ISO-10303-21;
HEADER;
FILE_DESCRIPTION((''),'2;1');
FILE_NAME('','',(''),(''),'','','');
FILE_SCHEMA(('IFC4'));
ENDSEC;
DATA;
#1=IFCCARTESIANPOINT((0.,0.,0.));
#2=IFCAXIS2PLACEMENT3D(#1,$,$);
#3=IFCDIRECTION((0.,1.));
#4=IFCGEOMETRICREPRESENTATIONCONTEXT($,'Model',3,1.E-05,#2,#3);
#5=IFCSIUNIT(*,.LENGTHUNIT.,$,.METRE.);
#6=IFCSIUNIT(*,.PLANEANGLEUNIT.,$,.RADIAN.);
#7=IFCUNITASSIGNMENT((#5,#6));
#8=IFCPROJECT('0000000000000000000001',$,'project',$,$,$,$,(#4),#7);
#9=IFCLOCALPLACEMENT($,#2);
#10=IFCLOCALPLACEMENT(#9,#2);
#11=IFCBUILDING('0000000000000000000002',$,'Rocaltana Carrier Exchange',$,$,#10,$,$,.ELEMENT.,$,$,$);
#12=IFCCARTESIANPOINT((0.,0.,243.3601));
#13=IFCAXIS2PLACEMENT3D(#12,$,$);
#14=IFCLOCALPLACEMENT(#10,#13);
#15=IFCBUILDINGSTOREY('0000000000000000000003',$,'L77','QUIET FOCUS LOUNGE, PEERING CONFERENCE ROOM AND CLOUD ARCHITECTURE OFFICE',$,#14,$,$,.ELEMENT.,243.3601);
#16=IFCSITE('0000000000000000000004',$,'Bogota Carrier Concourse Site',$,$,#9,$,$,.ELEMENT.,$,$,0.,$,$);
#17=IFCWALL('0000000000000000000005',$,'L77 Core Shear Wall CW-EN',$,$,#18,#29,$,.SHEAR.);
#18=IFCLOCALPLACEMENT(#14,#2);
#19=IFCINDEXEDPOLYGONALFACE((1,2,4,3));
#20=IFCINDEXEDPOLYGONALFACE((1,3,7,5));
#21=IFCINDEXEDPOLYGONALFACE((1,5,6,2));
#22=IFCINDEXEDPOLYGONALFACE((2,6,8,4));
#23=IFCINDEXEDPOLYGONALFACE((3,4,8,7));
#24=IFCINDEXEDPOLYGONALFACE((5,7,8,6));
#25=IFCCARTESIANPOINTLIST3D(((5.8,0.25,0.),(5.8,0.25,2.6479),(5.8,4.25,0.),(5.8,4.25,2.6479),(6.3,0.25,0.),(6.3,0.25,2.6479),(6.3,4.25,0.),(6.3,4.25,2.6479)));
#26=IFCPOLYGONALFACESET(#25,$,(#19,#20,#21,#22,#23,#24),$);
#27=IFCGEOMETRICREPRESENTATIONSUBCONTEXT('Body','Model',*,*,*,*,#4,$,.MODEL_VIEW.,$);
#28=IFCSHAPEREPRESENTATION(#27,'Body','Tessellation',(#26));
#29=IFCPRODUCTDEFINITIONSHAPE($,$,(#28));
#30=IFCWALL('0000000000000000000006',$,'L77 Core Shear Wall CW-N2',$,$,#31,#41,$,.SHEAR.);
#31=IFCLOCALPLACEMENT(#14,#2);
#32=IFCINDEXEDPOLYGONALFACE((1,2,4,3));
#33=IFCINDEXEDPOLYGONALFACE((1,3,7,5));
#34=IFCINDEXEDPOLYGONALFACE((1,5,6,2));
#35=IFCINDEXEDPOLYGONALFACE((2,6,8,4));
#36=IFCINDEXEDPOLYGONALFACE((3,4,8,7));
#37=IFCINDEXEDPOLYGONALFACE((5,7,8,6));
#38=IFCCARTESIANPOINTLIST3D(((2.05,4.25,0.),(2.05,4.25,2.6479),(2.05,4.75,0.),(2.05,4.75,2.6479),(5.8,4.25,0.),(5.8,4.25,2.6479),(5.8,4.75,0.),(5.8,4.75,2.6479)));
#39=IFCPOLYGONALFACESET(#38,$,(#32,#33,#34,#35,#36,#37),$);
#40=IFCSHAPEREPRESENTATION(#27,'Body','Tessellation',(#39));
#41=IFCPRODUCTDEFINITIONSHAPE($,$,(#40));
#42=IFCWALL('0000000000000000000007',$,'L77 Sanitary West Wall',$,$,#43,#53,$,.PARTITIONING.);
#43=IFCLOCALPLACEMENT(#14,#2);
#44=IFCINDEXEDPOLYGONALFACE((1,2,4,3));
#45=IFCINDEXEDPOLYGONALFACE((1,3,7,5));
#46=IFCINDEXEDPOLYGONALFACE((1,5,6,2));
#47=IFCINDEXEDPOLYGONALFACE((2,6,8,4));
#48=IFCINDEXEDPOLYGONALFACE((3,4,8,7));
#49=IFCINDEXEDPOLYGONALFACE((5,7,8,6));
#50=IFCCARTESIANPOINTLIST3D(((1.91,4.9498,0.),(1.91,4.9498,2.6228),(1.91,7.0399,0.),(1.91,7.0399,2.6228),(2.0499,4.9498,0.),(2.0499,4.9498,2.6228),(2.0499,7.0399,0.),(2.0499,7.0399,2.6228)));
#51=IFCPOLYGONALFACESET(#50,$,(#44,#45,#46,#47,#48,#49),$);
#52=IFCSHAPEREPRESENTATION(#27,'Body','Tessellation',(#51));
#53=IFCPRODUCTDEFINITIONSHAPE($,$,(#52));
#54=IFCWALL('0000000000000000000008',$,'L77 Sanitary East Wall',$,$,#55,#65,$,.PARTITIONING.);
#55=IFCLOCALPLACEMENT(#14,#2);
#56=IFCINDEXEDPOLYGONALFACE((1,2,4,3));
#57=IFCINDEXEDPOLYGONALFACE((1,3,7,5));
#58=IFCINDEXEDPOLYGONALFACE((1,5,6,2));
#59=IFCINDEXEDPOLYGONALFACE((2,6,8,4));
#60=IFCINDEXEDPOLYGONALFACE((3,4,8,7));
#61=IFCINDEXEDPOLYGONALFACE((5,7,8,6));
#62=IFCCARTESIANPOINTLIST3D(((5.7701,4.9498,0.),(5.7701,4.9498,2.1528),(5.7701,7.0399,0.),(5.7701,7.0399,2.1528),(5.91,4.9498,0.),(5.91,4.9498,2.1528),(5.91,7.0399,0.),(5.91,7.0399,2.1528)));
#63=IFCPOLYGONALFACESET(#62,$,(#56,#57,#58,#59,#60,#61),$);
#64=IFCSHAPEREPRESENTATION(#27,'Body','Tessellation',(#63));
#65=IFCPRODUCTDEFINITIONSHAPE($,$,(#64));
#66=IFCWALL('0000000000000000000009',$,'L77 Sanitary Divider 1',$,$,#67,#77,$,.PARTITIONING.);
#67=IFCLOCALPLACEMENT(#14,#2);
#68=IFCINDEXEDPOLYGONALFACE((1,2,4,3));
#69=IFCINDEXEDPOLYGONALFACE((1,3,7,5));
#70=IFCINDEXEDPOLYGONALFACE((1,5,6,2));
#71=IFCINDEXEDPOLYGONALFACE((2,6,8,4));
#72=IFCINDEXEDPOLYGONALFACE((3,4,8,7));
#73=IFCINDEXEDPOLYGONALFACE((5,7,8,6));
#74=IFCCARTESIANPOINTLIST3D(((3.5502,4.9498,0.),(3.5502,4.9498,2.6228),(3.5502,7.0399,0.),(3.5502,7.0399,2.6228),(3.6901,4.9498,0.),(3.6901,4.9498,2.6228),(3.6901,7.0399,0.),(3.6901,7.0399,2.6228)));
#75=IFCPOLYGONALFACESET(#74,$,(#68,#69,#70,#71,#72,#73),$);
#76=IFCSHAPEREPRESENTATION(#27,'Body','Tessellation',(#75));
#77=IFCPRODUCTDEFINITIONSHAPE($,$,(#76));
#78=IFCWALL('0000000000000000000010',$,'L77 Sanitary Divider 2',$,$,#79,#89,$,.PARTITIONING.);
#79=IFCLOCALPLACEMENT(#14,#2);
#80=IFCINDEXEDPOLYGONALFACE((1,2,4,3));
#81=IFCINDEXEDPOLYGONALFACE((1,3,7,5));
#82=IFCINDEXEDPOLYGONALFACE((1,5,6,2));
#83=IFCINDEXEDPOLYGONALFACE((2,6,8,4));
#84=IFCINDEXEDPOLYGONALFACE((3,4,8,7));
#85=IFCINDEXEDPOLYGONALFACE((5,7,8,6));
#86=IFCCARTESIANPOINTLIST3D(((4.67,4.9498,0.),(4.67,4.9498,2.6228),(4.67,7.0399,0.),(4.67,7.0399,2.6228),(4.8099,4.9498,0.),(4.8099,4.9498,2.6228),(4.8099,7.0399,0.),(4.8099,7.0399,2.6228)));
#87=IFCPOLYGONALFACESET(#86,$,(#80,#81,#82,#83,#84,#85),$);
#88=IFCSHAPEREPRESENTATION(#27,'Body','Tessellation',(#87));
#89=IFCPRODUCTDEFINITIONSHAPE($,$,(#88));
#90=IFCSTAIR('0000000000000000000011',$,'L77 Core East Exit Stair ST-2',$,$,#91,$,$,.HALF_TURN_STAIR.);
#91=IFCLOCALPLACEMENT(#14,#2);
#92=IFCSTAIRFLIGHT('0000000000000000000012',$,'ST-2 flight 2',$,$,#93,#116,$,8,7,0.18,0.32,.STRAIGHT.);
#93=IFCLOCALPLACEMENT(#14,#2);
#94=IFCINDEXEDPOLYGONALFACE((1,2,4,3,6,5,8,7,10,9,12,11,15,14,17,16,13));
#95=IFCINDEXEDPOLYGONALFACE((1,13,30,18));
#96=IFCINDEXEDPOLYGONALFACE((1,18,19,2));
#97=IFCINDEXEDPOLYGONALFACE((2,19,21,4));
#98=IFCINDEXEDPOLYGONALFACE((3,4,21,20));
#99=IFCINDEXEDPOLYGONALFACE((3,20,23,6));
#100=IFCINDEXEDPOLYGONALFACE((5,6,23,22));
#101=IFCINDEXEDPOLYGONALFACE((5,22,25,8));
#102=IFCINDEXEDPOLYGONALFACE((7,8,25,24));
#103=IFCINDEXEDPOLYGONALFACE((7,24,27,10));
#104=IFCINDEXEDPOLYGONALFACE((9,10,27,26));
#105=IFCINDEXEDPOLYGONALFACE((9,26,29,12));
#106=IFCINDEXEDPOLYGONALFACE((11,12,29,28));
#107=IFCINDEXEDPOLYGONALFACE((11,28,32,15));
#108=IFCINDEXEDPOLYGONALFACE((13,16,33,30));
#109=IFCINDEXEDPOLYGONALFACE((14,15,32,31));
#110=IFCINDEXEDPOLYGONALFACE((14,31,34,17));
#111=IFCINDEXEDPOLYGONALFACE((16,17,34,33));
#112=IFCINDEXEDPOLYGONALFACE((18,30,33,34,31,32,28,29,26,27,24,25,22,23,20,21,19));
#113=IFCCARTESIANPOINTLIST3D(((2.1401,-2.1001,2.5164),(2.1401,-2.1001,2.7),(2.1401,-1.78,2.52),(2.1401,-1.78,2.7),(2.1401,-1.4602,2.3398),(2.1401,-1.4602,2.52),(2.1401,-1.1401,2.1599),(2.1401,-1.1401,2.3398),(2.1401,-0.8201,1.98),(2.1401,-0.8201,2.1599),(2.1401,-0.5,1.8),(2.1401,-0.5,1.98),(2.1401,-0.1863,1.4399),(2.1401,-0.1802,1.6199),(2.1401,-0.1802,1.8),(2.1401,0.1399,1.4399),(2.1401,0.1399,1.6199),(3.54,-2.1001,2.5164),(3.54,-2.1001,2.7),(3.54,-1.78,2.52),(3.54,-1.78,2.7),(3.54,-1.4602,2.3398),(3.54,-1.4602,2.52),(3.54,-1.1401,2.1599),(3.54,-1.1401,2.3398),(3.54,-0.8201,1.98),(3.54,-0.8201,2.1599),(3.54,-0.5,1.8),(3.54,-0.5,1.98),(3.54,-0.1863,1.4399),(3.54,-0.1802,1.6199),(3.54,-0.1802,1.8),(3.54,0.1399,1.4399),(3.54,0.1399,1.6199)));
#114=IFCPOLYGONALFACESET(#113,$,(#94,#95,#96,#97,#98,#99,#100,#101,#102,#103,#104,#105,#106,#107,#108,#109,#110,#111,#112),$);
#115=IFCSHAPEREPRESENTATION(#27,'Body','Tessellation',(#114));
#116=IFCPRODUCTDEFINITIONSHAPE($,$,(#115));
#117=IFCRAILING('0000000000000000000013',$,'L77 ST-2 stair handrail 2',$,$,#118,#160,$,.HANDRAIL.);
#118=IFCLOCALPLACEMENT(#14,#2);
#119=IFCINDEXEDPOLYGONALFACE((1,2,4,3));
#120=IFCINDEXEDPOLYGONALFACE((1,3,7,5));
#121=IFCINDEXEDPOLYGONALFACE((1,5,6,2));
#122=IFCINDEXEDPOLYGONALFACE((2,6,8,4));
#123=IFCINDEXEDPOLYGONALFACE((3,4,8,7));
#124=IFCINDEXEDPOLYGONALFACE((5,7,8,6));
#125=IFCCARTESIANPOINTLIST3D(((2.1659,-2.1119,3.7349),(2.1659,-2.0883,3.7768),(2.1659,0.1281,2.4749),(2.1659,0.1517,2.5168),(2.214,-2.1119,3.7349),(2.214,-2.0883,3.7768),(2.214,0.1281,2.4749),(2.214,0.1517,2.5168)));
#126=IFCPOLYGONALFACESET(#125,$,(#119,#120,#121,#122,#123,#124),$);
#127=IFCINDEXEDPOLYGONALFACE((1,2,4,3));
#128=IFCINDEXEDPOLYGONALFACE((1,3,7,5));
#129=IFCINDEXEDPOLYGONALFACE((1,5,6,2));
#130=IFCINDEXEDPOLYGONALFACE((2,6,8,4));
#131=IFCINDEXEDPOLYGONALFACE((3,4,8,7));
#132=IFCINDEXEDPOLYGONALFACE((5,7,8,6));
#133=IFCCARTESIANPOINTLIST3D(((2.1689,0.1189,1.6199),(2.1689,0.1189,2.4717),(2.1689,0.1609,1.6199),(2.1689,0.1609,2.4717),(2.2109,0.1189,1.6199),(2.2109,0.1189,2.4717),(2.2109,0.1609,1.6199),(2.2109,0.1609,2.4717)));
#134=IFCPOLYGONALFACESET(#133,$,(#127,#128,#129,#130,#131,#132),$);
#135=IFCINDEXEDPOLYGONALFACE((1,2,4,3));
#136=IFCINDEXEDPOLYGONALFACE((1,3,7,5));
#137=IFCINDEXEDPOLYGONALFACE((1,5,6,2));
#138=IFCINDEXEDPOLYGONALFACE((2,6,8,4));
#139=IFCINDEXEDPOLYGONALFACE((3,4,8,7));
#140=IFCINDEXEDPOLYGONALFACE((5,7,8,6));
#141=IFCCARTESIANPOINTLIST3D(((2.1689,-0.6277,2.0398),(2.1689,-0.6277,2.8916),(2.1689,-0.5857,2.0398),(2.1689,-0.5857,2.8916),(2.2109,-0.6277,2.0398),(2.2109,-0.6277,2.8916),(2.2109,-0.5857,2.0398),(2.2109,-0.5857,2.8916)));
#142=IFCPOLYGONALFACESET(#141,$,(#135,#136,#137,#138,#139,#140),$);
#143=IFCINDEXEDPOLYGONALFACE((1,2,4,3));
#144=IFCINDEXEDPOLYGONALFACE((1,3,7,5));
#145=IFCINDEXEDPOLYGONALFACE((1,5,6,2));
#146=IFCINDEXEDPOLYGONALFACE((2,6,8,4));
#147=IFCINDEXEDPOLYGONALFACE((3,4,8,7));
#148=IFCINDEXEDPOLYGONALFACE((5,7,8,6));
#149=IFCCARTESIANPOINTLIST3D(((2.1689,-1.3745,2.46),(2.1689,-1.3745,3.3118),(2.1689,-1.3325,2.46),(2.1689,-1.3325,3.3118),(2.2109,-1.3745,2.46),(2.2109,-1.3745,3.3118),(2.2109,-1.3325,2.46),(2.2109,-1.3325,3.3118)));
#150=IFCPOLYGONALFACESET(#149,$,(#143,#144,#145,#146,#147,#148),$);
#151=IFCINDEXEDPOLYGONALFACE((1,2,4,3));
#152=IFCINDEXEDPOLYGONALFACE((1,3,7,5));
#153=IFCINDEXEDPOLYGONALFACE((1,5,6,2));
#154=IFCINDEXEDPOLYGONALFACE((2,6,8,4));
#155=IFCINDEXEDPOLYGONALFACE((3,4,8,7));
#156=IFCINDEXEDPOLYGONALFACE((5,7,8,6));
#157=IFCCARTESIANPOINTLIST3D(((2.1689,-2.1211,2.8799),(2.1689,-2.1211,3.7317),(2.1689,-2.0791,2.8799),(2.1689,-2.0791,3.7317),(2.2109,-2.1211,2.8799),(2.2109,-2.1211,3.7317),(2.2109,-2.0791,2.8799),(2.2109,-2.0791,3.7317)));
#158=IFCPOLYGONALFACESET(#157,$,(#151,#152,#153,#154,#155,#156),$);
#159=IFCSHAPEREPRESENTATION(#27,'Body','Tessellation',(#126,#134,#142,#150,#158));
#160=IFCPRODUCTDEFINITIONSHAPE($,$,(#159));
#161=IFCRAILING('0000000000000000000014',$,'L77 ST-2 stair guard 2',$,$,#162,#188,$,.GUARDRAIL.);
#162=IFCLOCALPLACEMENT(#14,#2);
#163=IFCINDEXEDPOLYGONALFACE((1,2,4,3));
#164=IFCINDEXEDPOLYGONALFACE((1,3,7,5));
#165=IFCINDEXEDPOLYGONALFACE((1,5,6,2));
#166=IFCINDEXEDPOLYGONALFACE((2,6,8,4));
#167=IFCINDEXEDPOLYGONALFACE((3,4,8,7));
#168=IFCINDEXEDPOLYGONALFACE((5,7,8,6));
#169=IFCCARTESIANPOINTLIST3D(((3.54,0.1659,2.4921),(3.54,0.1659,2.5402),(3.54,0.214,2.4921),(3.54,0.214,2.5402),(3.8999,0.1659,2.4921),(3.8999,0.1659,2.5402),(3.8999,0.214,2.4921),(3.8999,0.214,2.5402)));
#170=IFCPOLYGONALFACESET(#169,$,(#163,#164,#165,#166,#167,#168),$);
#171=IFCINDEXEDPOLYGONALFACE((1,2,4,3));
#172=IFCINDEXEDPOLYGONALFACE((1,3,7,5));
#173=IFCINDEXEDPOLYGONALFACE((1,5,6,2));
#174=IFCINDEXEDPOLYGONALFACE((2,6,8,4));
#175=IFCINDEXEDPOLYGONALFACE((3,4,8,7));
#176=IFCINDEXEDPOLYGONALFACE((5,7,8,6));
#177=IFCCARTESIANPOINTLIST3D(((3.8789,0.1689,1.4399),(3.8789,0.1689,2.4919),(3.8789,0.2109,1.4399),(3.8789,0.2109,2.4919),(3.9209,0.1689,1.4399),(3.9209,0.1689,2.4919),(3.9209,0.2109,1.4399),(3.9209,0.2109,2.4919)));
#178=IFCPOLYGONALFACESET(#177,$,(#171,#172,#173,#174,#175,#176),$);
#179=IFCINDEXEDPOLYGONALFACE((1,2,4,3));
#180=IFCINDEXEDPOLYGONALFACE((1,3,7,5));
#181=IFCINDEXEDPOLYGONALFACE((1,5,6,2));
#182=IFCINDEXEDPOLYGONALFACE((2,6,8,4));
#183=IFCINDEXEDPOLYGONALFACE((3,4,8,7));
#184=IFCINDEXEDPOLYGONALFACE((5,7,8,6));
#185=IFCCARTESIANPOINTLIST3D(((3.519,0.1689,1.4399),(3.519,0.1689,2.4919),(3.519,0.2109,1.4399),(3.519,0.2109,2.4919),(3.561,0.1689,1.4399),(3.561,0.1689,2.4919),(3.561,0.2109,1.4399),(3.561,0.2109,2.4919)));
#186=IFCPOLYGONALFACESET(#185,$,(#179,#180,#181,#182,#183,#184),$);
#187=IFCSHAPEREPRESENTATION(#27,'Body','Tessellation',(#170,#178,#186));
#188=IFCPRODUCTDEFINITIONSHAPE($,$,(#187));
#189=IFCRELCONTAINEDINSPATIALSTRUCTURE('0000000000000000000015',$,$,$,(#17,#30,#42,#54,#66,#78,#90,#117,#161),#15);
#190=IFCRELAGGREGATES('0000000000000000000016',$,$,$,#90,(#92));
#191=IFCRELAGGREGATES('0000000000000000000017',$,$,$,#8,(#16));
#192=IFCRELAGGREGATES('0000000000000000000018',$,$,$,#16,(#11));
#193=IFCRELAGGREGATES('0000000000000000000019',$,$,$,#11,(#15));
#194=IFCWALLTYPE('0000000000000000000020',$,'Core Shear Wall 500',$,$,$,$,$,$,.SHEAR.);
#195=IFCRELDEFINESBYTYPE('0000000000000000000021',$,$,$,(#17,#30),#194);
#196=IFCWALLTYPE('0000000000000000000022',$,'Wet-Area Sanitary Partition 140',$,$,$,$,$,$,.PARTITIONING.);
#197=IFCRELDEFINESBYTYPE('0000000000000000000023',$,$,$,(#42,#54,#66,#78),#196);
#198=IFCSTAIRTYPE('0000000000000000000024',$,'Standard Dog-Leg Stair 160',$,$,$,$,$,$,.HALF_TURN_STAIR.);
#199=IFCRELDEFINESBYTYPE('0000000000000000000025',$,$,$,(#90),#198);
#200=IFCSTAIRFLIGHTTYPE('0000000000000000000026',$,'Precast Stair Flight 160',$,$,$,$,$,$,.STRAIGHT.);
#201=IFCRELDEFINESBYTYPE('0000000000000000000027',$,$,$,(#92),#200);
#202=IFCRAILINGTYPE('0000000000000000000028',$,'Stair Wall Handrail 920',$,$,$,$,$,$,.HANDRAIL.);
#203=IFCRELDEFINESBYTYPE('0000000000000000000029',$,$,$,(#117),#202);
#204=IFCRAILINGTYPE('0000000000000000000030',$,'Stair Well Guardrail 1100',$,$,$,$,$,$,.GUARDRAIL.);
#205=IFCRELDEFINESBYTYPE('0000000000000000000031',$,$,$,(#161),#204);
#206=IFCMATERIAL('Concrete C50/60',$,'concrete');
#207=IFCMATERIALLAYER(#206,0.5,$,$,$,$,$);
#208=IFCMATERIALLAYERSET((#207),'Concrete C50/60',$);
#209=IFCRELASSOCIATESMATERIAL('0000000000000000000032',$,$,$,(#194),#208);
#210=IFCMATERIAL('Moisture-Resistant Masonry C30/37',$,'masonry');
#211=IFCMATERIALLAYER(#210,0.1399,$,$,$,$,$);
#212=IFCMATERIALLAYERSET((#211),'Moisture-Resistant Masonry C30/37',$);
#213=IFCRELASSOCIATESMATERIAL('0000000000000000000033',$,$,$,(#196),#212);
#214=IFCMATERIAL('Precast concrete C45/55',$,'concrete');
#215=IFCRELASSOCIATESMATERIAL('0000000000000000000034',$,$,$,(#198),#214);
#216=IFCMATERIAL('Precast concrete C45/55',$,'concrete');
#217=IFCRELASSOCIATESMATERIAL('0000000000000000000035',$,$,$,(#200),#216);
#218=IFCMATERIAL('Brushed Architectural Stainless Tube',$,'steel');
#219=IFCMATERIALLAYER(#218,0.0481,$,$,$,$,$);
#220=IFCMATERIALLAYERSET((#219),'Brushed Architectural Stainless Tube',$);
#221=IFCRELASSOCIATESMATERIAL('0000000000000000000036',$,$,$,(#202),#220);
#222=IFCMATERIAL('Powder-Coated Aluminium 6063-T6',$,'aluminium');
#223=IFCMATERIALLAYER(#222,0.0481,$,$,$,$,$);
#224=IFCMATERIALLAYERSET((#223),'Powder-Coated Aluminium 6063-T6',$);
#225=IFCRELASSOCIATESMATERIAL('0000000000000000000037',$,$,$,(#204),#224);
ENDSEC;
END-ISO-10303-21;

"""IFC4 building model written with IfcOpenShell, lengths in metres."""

from ifc_helpers import new_model, si_unit, direction, frame, frame_2d, origin, origin_2d, place, context, subcontext, project, spatial, polyline, rectangle, outline, extrude, material, layer, layer_set, type_object, element, aggregate, save


model = new_model("IFC4")

# Units and contexts
model_context = context("Model", 3, precision=1e-05, world=origin(), true_north=direction((0.0, 1.0)))
body_context = subcontext(model_context, "Body", "Model", "MODEL_VIEW")
ifc_project = project(units=[si_unit("LENGTHUNIT", "METRE"), si_unit("PLANEANGLEUNIT", "RADIAN")], contexts=[model_context])

# Site, building, storey
site_placement = place(None, origin())
site = spatial("IfcSite", under=ifc_project, at=site_placement, Name="Bogota Carrier Concourse Site", CompositionType="ELEMENT", RefElevation=0.0)
building_placement = place(site_placement, origin())
building = spatial("IfcBuilding", under=site, at=building_placement, Name="Rocaltana Carrier Exchange", CompositionType="ELEMENT")
storey_placement = place(building_placement, frame((0.0, 0.0, 243.3601)))
storey = spatial("IfcBuildingStorey", under=building, at=storey_placement, Name="L77", Description="QUIET FOCUS LOUNGE, PEERING CONFERENCE ROOM AND CLOUD ARCHITECTURE OFFICE", CompositionType="ELEMENT", Elevation=243.3601)

# Walls
ifc_material_1 = material(Name="Concrete C50/60", Category="concrete")
ifc_layer_1 = layer(ifc_material_1, 0.5)
ifc_layer_set_1 = layer_set([ifc_layer_1], Name="Concrete C50/60")
wall_type_1 = type_object("IfcWallType", Name="Core Shear Wall 500", PredefinedType="SHEAR", material=ifc_layer_set_1)
wall_1_placement = place(storey_placement, frame((6.05, 0.25, 0.0), z_axis=(0.0, 0.0, 1.0), x_axis=(0.0, 1.0, 0.0)))
element("IfcWall", 1, at=wall_1_placement, inside=storey, type_object=wall_type_1, Name="L77 Core Shear Wall CW-EN", PredefinedType="SHEAR", context=body_context, shape_type="SweptSolid", body=[
    extrude(rectangle(XDim=4.0, YDim=0.5, at=frame_2d((2.0, 0.0))), origin(), (0.0, 0.0, 1.0), 2.6479),
])
wall_2_placement = place(storey_placement, frame((2.05, 4.5, 0.0), z_axis=(0.0, 0.0, 1.0), x_axis=(1.0, 0.0, 0.0)))
element("IfcWall", 2, at=wall_2_placement, inside=storey, type_object=wall_type_1, Name="L77 Core Shear Wall CW-N2", PredefinedType="SHEAR", context=body_context, shape_type="SweptSolid", body=[
    extrude(rectangle(XDim=3.75, YDim=0.5, at=frame_2d((1.875, 0.0))), origin(), (0.0, 0.0, 1.0), 2.6479),
])
ifc_material_2 = material(Name="Moisture-Resistant Masonry C30/37", Category="masonry")
ifc_layer_2 = layer(ifc_material_2, 0.1399)
ifc_layer_set_2 = layer_set([ifc_layer_2], Name="Moisture-Resistant Masonry C30/37")
wall_type_2 = type_object("IfcWallType", Name="Wet-Area Sanitary Partition 140", PredefinedType="PARTITIONING", material=ifc_layer_set_2)
wall_3_placement = place(storey_placement, frame((1.98, 4.95, 0.0), z_axis=(0.0, 0.0, 1.0), x_axis=(0.0, 1.0, 0.0)))
element("IfcWall", 3, at=wall_3_placement, inside=storey, type_object=wall_type_2, Name="L77 Sanitary West Wall", PredefinedType="PARTITIONING", context=body_context, shape_type="SweptSolid", body=[
    extrude(rectangle(XDim=2.0901, YDim=0.1399, at=frame_2d((1.0449, 0.0))), origin(), (0.0, 0.0, 1.0), 2.6228),
])
wall_4_placement = place(storey_placement, frame((5.8401, 4.95, 0.0), z_axis=(0.0, 0.0, 1.0), x_axis=(0.0, 1.0, 0.0)))
element("IfcWall", 4, at=wall_4_placement, inside=storey, type_object=wall_type_2, Name="L77 Sanitary East Wall", PredefinedType="PARTITIONING", context=body_context, shape_type="SweptSolid", body=[
    extrude(rectangle(XDim=2.0901, YDim=0.1399, at=frame_2d((1.0449, 0.0))), origin(), (0.0, 0.0, 1.0), 2.1528),
])
for number, where, z_axis, x_axis, name in (
    (5, (3.6201, 4.95, 0.0), (0.0, 0.0, 1.0), (0.0, 1.0, 0.0), "L77 Sanitary Divider 1"),
    (6, (4.74, 4.95, 0.0), (0.0, 0.0, 1.0), (0.0, 1.0, 0.0), "L77 Sanitary Divider 2"),
):
    element("IfcWall", number, at=place(storey_placement, frame(where, z_axis=z_axis, x_axis=x_axis)), inside=storey, type_object=wall_type_2, Name=name, PredefinedType="PARTITIONING", context=body_context, shape_type="SweptSolid", body=[
        extrude(rectangle(XDim=2.0901, YDim=0.1399, at=frame_2d((1.0449, 0.0))), origin(), (0.0, 0.0, 1.0), 2.6228),
    ])

# Stair, stair flight
ifc_material_3 = material(Name="Precast concrete C45/55", Category="concrete")
stair_type = type_object("IfcStairType", Name="Standard Dog-Leg Stair 160", PredefinedType="HALF_TURN_STAIR", material=ifc_material_3)
stair_placement = place(storey_placement, origin())
stair = element("IfcStair", 7, at=stair_placement, inside=storey, type_object=stair_type, Name="L77 Core East Exit Stair ST-2", PredefinedType="HALF_TURN_STAIR")
ifc_material_4 = material(Name="Precast concrete C45/55", Category="concrete")
stair_flight_type = type_object("IfcStairFlightType", Name="Precast Stair Flight 160", PredefinedType="STRAIGHT", material=ifc_material_4)
stair_flight_placement = place(storey_placement, frame((2.8401, 0.1399, 1.4399), z_axis=(0.0, 0.0, 1.0), x_axis=(0.0, -1.0, 0.0)))
stair_flight = element("IfcStairFlight", 8, at=stair_flight_placement, type_object=stair_flight_type, Name="ST-2 flight 2", NumberOfRisers=8, NumberOfTreads=7, PredefinedType="STRAIGHT", RiserHeight=0.18, TreadLength=0.32, context=body_context, shape_type="SweptSolid", body=[
    extrude(outline(polyline([(0.0, 0.0), (0.0, 0.1799), (0.3201, 0.1799), (0.3201, 0.3601), (0.6399, 0.3601), (0.6399, 0.54), (0.96, 0.54), (0.96, 0.72), (1.28, 0.72), (1.28, 0.8999), (1.6001, 0.8999), (1.6001, 1.0801), (1.9199, 1.0801), (1.9199, 1.26), (2.24, 1.26), (2.24, 1.4399), (2.24, 1.0764), (0.3262, 0.0), (0.0, 0.0)])), frame((0.0, 0.7, 0.0), z_axis=(0.0, -1.0, 0.0), x_axis=(1.0, 0.0, 0.0)), (0.0, 0.0, 1.0), 1.3999),
])
aggregate(stair, [stair_flight])

# Railings
ifc_material_5 = material(Name="Brushed Architectural Stainless Tube", Category="steel")
ifc_layer_3 = layer(ifc_material_5, 0.0481)
ifc_layer_set_3 = layer_set([ifc_layer_3], Name="Brushed Architectural Stainless Tube")
railing_type_1 = type_object("IfcRailingType", Name="Stair Wall Handrail 920", PredefinedType="HANDRAIL", material=ifc_layer_set_3)
railing_1_placement = place(storey_placement, frame((2.1899, 0.1399, 1.6199)))
element("IfcRailing", 9, at=railing_1_placement, inside=storey, type_object=railing_type_1, Name="L77 ST-2 stair handrail 2", PredefinedType="HANDRAIL", context=body_context, shape_type="SweptSolid", body=[
    extrude(rectangle(XDim=0.0481, YDim=0.0481, at=origin_2d()), frame((0.0, 0.0, 0.876), z_axis=(0.0, -0.871573, 0.490266), x_axis=(1.0, 0.0, 0.0)), (0.0, 0.0, 1.0), 2.5701),
    extrude(rectangle(XDim=0.042, YDim=0.042, at=origin_2d()), origin(), (0.0, 0.0, 1.0), 0.8518),
    extrude(rectangle(XDim=0.042, YDim=0.042, at=origin_2d()), frame((0.0, -0.7466, 0.4199)), (0.0, 0.0, 1.0), 0.8518),
    extrude(rectangle(XDim=0.042, YDim=0.042, at=origin_2d()), frame((0.0, -1.4934, 0.8401)), (0.0, 0.0, 1.0), 0.8518),
    extrude(rectangle(XDim=0.042, YDim=0.042, at=origin_2d()), frame((0.0, -2.24, 1.26)), (0.0, 0.0, 1.0), 0.8518),
])
ifc_material_6 = material(Name="Powder-Coated Aluminium 6063-T6", Category="aluminium")
ifc_layer_4 = layer(ifc_material_6, 0.0481)
ifc_layer_set_4 = layer_set([ifc_layer_4], Name="Powder-Coated Aluminium 6063-T6")
railing_type_2 = type_object("IfcRailingType", Name="Stair Well Guardrail 1100", PredefinedType="GUARDRAIL", material=ifc_layer_set_4)
railing_2_placement = place(storey_placement, frame((3.8999, 0.1899, 1.4399)))
element("IfcRailing", 10, at=railing_2_placement, inside=storey, type_object=railing_type_2, Name="L77 ST-2 stair guard 2", PredefinedType="GUARDRAIL", context=body_context, shape_type="SweptSolid", body=[
    extrude(rectangle(XDim=0.0481, YDim=0.0481, at=origin_2d()), frame((0.0, 0.0, 1.0762), z_axis=(-1.0, 0.0, 0.0), x_axis=(0.0, -1.0, 0.0)), (0.0, 0.0, 1.0), 0.3599),
    extrude(rectangle(XDim=0.042, YDim=0.042, at=origin_2d()), origin(), (0.0, 0.0, 1.0), 1.052),
    extrude(rectangle(XDim=0.042, YDim=0.042, at=origin_2d()), frame((-0.3599, 0.0, 0.0)), (0.0, 0.0, 1.0), 1.052),
])

save(model, "model.ifc")
